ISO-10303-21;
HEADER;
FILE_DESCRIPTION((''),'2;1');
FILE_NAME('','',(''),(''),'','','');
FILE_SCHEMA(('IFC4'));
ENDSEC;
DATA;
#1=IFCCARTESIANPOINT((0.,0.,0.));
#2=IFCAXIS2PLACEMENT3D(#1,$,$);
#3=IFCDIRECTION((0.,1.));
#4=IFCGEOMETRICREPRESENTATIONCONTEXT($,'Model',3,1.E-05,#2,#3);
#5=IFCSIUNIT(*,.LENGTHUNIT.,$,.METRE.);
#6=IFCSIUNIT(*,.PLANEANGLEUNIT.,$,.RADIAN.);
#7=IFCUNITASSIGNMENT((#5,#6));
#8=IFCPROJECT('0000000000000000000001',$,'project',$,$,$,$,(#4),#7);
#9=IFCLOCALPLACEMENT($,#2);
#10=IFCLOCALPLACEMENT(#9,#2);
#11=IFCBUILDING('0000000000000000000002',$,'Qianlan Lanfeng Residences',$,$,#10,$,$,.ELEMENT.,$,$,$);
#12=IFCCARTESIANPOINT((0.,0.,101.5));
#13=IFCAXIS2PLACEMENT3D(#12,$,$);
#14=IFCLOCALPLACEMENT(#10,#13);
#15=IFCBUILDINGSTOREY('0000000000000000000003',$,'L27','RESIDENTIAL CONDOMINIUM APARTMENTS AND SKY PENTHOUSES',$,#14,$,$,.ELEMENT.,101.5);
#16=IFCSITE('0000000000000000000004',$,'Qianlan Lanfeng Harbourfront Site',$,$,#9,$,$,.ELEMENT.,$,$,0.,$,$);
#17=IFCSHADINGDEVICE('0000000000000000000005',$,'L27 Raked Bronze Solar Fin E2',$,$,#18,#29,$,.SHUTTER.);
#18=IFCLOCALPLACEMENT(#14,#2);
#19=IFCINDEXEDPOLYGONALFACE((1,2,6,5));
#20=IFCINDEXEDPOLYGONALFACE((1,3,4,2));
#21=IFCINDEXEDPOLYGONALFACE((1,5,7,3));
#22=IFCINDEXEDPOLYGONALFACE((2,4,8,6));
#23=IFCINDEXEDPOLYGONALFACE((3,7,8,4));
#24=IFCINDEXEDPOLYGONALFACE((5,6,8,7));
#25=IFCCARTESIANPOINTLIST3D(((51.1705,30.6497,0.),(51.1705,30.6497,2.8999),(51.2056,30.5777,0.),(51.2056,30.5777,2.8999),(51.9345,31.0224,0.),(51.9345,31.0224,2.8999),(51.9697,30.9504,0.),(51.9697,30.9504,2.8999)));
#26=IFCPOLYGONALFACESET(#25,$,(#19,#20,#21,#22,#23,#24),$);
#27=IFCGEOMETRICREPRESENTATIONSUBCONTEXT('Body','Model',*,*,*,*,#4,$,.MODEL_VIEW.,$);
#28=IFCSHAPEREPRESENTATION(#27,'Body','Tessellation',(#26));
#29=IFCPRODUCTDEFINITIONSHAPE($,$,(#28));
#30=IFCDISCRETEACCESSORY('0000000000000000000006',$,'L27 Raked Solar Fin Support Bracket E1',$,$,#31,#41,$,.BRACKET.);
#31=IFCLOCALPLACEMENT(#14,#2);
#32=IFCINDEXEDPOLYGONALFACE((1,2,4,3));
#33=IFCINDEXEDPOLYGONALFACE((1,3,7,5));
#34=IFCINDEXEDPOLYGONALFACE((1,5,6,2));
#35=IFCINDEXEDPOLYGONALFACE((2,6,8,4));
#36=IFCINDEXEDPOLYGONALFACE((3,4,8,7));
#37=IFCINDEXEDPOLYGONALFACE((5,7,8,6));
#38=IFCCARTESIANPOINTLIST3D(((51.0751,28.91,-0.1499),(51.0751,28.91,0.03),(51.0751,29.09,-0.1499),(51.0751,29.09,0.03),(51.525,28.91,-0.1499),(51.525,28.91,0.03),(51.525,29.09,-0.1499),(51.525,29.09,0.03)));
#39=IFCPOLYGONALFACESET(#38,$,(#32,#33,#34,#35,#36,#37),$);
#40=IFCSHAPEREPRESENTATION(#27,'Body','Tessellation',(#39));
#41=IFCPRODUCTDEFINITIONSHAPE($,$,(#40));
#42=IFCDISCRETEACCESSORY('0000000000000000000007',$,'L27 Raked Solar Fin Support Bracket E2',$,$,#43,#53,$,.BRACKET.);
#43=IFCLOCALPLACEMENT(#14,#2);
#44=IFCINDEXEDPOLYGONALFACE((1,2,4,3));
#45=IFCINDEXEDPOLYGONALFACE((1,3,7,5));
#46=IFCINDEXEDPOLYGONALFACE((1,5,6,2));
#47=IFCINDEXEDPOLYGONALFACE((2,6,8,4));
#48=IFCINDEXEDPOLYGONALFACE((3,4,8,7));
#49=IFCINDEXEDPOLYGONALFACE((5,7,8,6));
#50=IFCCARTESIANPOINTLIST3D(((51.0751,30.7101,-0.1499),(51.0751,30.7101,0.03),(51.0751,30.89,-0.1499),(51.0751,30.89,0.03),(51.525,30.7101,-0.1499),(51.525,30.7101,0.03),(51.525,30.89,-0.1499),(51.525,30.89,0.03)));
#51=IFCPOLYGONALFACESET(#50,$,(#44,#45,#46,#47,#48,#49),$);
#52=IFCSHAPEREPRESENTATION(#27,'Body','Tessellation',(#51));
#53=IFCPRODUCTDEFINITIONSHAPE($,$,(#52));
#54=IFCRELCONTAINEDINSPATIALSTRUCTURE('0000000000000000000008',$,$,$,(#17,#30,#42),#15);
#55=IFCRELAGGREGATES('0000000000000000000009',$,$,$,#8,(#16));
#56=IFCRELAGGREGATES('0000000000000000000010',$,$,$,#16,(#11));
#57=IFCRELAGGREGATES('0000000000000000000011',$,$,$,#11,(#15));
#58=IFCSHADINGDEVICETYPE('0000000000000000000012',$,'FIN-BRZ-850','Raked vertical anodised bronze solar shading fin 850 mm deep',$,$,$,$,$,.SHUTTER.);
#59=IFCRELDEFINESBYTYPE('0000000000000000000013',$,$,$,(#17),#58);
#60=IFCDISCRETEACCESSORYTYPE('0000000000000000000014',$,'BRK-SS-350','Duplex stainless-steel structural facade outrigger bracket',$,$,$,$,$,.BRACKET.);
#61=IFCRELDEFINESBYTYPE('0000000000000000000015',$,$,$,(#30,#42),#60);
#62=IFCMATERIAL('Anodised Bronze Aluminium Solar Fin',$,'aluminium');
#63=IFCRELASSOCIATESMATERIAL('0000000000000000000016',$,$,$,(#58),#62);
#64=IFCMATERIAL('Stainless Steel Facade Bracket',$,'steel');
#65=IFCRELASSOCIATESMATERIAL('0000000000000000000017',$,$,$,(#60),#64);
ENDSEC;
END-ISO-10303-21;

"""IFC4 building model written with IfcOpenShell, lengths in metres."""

from ifc_helpers import new_model, si_unit, direction, frame, origin, origin_2d, place, context, subcontext, project, spatial, rectangle, extrude, source, transform, mapped, material, type_object, element, save


model = new_model("IFC4")

# Units and contexts
model_context = context("Model", 3, precision=1e-05, world=origin(), true_north=direction((0.0, 1.0)))
body_context = subcontext(model_context, "Body", "Model", "MODEL_VIEW")
ifc_project = project(units=[si_unit("LENGTHUNIT", "METRE"), si_unit("PLANEANGLEUNIT", "RADIAN")], contexts=[model_context])

# Site, building, storey
site_placement = place(None, origin())
site = spatial("IfcSite", under=ifc_project, at=site_placement, Name="Qianlan Lanfeng Harbourfront Site", CompositionType="ELEMENT", RefElevation=0.0)
building_placement = place(site_placement, origin())
building = spatial("IfcBuilding", under=site, at=building_placement, Name="Qianlan Lanfeng Residences", CompositionType="ELEMENT")
storey_placement = place(building_placement, frame((0.0, 0.0, 101.5)))
storey = spatial("IfcBuildingStorey", under=building, at=storey_placement, Name="L27", Description="RESIDENTIAL CONDOMINIUM APARTMENTS AND SKY PENTHOUSES", CompositionType="ELEMENT", Elevation=101.5)

# Shading device
ifc_material_1 = material(Name="Anodised Bronze Aluminium Solar Fin", Category="aluminium")
shading_device_type = type_object("IfcShadingDeviceType", Name="FIN-BRZ-850", Description="Raked vertical anodised bronze solar shading fin 850 mm deep", PredefinedType="SHUTTER", material=ifc_material_1)
shared_shape_1 = source(origin(), body_context, "Body", "SweptSolid", [
    extrude(rectangle(XDim=0.8501, YDim=0.0801, at=origin_2d()), origin(), (0.0, 0.0, 1.0), 2.8999),
])
for number, where, z_axis, x_axis, name in (
    (1, (51.5701, 30.8, 0.0), (0.0, 0.0, 1.0), (0.898794, 0.438371, 0.0), "L27 Raked Bronze Solar Fin E2"),
):
    element("IfcShadingDevice", number, at=place(storey_placement, frame(where, z_axis=z_axis, x_axis=x_axis)), inside=storey, type_object=shading_device_type, Name=name, PredefinedType="SHUTTER", context=body_context, shape_type="MappedRepresentation", body=[
        mapped(shared_shape_1, transform((0.0, 0.0, 0.0), scale=1.0)),
    ])

# Discrete accessories
ifc_material_2 = material(Name="Stainless Steel Facade Bracket", Category="steel")
discrete_accessory_type = type_object("IfcDiscreteAccessoryType", Name="BRK-SS-350", Description="Duplex stainless-steel structural facade outrigger bracket", PredefinedType="BRACKET", material=ifc_material_2)
shared_shape_2 = source(origin(), body_context, "Body", "SweptSolid", [
    extrude(rectangle(XDim=0.45, YDim=0.1799, at=origin_2d()), origin(), (0.0, 0.0, 1.0), 0.1799),
])
for number, where, z_axis, x_axis, name in (
    (2, (51.3, 29.0, -0.1499), (0.0, 0.0, 1.0), (1.0, 0.0, 0.0), "L27 Raked Solar Fin Support Bracket E1"),
    (3, (51.3, 30.8, -0.1499), (0.0, 0.0, 1.0), (1.0, 0.0, 0.0), "L27 Raked Solar Fin Support Bracket E2"),
):
    element("IfcDiscreteAccessory", number, at=place(storey_placement, frame(where, z_axis=z_axis, x_axis=x_axis)), inside=storey, type_object=discrete_accessory_type, Name=name, PredefinedType="BRACKET", context=body_context, shape_type="MappedRepresentation", body=[
        mapped(shared_shape_2, transform((0.0, 0.0, 0.0), scale=1.0)),
    ])

save(model, "model.ifc")
